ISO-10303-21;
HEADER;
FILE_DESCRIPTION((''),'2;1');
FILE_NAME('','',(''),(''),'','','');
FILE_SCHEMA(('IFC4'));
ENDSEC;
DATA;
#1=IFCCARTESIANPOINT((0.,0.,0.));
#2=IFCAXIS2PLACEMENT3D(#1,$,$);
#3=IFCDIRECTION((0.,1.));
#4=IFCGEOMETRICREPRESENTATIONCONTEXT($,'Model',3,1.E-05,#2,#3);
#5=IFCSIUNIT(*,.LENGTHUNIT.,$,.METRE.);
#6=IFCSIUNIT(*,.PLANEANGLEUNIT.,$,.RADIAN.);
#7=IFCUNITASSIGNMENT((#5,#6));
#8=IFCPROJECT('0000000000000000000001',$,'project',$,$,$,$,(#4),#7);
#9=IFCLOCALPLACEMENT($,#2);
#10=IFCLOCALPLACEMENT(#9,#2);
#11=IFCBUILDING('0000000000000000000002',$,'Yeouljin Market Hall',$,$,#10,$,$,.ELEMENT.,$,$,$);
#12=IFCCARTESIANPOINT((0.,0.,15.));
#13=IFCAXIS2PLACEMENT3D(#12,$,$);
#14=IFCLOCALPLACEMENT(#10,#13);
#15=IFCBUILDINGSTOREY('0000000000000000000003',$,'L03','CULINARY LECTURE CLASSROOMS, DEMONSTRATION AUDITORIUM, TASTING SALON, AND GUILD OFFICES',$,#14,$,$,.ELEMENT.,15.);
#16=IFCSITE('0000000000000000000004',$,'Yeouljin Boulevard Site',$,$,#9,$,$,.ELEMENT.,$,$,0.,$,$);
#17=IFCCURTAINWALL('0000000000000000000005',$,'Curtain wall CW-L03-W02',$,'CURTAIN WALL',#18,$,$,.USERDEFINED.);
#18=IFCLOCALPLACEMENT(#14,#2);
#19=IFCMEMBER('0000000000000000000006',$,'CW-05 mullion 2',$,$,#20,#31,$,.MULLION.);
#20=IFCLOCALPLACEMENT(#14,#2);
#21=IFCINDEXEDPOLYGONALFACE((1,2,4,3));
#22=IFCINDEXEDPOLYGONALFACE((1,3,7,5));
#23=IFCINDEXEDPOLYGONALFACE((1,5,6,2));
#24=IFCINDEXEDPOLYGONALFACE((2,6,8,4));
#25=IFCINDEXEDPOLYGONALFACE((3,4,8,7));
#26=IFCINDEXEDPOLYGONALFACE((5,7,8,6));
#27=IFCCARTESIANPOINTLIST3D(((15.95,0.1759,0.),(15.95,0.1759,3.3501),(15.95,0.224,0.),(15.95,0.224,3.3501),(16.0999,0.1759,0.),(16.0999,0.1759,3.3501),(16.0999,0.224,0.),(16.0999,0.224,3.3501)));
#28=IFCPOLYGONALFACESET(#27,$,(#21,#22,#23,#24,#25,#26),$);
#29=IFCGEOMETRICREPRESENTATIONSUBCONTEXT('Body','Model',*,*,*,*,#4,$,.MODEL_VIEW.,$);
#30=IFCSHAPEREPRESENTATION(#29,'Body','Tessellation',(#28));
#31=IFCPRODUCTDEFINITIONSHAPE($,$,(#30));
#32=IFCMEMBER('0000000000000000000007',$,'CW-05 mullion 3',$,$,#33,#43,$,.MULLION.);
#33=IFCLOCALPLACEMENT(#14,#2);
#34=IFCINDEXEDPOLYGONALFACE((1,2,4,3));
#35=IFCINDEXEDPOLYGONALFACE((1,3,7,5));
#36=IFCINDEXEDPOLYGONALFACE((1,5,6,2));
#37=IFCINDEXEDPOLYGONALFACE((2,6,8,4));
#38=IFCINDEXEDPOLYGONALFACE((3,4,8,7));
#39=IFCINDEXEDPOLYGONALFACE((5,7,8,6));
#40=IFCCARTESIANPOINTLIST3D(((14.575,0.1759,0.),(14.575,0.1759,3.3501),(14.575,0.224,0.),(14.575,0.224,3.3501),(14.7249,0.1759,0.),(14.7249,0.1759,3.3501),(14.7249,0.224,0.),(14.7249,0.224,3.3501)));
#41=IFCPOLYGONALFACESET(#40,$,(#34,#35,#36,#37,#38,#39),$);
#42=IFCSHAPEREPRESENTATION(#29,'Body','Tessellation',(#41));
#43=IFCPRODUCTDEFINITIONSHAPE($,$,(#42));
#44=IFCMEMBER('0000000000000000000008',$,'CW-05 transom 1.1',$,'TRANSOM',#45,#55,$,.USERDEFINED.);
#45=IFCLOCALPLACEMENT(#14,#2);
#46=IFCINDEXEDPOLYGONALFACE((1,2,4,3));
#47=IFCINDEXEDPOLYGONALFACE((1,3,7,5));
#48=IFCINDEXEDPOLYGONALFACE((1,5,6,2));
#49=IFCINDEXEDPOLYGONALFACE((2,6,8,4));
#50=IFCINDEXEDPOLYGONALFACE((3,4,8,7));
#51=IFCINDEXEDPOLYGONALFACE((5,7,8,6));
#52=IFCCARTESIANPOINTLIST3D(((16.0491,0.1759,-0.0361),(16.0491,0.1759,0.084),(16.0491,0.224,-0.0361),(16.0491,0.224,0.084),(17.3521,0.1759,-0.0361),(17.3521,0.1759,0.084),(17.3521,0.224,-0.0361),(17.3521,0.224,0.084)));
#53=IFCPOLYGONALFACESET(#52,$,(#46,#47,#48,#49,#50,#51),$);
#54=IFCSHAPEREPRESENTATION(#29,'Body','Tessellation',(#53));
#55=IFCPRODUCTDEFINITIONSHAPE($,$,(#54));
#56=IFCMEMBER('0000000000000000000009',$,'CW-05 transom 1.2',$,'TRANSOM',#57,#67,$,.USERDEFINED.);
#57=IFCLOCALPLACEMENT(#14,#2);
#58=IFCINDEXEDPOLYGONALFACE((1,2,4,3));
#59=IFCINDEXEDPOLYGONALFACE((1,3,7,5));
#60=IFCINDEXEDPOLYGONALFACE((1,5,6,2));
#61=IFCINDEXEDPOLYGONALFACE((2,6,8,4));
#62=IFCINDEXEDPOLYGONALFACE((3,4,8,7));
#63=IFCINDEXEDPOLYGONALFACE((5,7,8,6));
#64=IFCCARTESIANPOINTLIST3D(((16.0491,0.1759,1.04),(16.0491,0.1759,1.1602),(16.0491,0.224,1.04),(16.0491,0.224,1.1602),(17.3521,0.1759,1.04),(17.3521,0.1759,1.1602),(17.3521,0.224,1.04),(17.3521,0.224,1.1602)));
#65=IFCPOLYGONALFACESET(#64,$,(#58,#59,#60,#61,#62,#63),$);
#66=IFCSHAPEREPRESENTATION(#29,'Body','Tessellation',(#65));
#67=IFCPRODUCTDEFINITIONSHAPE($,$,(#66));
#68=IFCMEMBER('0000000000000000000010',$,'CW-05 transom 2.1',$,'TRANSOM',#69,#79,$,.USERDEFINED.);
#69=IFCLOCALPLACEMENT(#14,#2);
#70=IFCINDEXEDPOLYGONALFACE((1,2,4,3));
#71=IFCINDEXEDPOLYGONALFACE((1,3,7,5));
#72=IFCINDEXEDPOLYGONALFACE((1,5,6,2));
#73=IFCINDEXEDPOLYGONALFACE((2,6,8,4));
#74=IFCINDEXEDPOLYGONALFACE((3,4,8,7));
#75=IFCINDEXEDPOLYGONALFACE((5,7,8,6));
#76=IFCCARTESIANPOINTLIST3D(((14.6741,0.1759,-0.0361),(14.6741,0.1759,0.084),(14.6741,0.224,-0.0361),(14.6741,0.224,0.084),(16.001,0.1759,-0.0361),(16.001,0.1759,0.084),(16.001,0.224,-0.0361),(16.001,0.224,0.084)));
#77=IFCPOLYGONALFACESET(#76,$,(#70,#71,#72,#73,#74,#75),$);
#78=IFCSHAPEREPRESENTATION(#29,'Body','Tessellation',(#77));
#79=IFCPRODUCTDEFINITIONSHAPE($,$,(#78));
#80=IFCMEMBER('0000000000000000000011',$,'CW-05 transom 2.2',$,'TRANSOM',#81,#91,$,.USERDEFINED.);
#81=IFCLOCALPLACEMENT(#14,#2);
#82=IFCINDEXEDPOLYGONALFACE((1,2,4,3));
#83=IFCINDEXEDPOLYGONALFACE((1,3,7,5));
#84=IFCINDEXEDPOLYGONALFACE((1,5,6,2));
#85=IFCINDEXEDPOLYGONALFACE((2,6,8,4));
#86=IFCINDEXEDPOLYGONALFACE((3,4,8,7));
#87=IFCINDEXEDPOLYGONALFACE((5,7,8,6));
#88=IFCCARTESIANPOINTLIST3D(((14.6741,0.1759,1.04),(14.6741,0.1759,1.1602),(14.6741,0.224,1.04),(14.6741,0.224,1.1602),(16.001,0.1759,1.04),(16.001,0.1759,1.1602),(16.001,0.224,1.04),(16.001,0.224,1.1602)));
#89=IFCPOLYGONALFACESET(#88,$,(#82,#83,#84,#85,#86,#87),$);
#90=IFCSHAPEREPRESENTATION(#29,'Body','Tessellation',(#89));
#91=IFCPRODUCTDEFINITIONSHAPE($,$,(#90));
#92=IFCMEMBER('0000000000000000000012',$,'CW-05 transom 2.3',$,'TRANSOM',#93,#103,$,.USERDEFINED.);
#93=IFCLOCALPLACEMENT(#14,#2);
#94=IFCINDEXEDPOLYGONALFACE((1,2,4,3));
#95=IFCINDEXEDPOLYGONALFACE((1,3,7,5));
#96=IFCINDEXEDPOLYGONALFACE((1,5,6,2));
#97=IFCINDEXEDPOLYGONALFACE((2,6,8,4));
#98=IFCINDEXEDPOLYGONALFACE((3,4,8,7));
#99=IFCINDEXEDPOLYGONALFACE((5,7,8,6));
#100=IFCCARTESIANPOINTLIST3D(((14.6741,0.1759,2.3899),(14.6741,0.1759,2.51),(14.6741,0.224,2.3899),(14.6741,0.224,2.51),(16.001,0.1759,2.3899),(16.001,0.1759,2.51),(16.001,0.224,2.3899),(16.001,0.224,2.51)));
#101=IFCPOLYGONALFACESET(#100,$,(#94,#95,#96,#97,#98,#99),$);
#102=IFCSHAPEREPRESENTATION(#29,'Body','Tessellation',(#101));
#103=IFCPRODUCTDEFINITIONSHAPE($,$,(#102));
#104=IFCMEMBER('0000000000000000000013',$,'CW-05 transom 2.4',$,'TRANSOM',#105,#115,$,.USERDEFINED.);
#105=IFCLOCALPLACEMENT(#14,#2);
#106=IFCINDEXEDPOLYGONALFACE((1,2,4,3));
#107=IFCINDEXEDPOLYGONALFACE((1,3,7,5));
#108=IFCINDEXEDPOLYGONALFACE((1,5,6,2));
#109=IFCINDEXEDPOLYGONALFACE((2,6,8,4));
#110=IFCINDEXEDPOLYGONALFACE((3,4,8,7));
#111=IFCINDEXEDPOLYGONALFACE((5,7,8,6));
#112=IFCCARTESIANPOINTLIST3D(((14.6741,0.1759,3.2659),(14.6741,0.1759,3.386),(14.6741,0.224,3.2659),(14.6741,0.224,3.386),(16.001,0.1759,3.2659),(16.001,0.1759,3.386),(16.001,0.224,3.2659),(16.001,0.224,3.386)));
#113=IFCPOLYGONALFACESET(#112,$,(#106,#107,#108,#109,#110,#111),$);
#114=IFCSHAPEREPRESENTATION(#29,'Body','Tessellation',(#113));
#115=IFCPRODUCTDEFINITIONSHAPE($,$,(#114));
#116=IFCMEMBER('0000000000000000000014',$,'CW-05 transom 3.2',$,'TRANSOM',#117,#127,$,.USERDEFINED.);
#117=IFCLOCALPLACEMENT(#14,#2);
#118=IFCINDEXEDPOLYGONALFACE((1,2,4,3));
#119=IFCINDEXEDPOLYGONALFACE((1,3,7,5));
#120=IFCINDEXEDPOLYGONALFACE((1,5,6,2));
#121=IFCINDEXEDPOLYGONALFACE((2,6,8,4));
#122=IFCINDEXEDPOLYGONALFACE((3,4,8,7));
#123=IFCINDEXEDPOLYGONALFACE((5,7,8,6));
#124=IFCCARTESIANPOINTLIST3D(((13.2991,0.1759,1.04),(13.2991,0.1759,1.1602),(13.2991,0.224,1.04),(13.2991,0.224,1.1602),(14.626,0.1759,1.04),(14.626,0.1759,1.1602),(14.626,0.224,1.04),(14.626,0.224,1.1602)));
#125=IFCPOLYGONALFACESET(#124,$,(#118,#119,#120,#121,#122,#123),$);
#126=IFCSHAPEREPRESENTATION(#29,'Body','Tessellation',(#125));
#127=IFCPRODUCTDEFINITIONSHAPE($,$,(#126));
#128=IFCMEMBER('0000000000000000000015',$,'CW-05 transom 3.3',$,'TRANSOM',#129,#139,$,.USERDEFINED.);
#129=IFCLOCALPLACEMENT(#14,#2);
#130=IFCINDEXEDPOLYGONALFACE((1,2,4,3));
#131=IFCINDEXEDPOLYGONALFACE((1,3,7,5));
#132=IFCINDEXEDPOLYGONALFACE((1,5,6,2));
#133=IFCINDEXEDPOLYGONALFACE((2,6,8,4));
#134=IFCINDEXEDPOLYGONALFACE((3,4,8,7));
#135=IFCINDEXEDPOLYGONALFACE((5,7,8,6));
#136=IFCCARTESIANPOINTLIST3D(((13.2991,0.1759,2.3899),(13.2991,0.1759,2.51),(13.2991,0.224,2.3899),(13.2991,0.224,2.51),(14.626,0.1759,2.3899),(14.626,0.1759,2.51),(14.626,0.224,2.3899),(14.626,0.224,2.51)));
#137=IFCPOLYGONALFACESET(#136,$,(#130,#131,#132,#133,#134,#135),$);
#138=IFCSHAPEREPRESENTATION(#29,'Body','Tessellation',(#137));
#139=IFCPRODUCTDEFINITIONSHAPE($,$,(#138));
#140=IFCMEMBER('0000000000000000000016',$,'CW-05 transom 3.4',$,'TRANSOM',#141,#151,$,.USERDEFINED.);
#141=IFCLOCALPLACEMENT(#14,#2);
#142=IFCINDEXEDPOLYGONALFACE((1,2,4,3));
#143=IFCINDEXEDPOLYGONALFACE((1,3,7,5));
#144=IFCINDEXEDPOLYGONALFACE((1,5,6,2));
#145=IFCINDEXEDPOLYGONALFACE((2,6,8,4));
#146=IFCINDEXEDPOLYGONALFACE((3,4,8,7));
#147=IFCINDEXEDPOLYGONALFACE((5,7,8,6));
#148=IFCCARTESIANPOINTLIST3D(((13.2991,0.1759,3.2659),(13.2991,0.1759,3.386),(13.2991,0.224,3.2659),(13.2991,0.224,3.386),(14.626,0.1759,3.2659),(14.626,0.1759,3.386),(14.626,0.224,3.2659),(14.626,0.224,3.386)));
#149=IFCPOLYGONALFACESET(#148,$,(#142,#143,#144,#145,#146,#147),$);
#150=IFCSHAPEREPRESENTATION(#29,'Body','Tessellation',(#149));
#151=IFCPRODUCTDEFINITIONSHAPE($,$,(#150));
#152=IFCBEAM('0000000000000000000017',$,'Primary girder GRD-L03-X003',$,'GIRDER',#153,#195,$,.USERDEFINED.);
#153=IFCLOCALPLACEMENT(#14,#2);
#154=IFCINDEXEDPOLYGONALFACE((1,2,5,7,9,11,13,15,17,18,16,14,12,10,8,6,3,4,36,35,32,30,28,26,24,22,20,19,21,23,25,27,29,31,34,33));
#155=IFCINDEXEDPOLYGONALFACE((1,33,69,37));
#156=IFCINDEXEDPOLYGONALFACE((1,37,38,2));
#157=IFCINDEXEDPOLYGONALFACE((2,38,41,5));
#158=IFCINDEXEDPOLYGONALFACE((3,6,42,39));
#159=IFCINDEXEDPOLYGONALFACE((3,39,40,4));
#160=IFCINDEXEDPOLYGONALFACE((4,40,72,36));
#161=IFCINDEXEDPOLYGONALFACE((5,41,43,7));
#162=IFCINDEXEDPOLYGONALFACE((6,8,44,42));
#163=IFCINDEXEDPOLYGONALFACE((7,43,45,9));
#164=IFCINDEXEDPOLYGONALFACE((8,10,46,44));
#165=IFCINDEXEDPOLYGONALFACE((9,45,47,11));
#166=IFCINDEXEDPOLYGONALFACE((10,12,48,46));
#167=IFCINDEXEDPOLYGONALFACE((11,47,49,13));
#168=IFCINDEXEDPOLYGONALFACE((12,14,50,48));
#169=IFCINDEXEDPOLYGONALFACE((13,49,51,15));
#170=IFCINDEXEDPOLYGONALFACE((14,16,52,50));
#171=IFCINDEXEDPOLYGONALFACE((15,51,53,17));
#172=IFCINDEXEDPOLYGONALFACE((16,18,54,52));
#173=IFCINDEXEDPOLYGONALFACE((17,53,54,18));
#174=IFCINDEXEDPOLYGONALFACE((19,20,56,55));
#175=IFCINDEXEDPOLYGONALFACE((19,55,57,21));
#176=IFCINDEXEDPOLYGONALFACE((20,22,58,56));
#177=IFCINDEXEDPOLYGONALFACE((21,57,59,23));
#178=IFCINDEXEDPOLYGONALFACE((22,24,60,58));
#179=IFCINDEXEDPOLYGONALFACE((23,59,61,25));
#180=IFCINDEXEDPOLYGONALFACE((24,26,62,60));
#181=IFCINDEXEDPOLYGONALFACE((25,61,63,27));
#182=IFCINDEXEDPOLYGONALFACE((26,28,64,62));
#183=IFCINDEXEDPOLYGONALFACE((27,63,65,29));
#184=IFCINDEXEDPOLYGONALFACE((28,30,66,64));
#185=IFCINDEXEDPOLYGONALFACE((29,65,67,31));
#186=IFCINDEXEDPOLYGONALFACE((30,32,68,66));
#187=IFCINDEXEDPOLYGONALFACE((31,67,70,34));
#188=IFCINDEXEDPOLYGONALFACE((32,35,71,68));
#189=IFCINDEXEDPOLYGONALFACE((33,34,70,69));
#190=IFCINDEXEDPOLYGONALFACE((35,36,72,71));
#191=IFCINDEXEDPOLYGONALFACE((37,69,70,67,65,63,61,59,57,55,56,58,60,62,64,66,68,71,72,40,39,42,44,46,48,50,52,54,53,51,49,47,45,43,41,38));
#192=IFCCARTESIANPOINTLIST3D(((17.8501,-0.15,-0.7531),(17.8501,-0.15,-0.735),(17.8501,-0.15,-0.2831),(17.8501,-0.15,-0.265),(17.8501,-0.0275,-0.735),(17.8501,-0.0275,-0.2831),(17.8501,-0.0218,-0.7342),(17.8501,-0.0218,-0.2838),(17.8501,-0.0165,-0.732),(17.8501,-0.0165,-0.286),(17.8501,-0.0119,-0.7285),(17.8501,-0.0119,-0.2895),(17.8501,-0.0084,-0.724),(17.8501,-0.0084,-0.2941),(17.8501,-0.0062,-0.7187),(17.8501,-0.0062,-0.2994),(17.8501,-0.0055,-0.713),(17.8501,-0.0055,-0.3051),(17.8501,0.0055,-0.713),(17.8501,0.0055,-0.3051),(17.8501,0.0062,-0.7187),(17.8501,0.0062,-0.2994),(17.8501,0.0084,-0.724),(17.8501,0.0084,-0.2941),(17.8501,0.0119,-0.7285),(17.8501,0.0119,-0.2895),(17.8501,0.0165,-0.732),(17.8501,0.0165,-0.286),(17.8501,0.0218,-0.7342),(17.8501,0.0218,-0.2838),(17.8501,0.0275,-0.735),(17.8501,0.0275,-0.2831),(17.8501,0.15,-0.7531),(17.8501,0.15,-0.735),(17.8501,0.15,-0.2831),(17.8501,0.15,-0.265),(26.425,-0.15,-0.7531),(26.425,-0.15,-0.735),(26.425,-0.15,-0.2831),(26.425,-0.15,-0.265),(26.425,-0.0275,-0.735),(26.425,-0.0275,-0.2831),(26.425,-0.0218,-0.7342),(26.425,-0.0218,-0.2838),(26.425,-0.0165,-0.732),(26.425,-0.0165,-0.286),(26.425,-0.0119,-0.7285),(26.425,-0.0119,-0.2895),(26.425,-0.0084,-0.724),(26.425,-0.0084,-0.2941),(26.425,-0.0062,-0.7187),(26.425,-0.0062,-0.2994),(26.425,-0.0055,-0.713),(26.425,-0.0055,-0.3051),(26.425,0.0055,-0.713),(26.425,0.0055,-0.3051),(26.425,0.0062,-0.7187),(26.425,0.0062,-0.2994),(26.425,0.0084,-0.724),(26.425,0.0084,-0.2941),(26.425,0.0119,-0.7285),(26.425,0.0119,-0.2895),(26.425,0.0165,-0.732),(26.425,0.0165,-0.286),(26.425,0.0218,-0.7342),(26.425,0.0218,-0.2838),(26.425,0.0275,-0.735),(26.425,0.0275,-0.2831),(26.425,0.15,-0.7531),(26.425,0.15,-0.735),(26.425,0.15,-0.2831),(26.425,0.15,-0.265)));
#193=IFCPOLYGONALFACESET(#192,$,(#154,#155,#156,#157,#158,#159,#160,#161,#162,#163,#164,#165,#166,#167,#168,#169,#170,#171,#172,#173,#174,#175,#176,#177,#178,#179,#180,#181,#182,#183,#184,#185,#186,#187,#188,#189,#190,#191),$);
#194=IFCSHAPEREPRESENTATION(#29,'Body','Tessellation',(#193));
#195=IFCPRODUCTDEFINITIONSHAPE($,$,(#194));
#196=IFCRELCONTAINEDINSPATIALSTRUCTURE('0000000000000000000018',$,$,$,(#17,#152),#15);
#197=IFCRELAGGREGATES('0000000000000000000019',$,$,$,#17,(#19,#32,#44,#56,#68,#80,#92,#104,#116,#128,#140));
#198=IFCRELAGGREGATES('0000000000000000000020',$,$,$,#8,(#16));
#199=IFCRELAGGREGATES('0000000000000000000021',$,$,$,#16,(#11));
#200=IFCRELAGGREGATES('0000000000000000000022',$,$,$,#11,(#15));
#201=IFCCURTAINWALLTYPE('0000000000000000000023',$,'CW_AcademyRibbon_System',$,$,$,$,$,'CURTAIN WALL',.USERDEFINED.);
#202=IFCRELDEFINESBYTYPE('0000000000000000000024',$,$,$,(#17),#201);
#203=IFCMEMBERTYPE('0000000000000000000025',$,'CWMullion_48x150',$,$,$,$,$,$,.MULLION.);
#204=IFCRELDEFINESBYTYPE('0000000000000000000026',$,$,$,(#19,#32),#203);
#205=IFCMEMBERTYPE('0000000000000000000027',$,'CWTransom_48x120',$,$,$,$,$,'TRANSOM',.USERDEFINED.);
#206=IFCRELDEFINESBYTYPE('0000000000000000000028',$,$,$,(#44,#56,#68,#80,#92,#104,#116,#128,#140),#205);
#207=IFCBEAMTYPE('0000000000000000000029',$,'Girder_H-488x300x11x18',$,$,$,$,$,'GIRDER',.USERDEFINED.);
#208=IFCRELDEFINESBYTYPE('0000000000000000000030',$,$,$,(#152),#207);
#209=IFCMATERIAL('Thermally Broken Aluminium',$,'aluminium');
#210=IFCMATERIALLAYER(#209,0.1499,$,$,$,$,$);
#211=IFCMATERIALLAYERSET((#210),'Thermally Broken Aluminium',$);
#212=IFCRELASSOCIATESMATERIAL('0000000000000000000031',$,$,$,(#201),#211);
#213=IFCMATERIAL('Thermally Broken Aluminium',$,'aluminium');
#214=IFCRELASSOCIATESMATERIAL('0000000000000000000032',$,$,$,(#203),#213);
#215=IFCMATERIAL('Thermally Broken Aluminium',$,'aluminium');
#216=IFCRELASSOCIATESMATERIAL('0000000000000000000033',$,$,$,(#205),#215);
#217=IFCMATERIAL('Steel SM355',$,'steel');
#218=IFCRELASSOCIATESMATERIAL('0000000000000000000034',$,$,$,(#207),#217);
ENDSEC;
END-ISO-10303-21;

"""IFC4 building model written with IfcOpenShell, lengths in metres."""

from ifc_helpers import new_model, si_unit, direction, frame, origin, origin_2d, place, context, subcontext, project, spatial, rectangle, i_section, extrude, material, layer, layer_set, material_profile, profile_set, type_object, element, aggregate, save


model = new_model("IFC4")

# Units and contexts
model_context = context("Model", 3, precision=1e-05, world=origin(), true_north=direction((0.0, 1.0)))
body_context = subcontext(model_context, "Body", "Model", "MODEL_VIEW")
ifc_project = project(units=[si_unit("LENGTHUNIT", "METRE"), si_unit("PLANEANGLEUNIT", "RADIAN")], contexts=[model_context])

# Site, building, storey
site_placement = place(None, origin())
site = spatial("IfcSite", under=ifc_project, at=site_placement, Name="Yeouljin Boulevard Site", CompositionType="ELEMENT", RefElevation=0.0)
building_placement = place(site_placement, origin())
building = spatial("IfcBuilding", under=site, at=building_placement, Name="Yeouljin Market Hall", CompositionType="ELEMENT")
storey_placement = place(building_placement, frame((0.0, 0.0, 15.0)))
storey = spatial("IfcBuildingStorey", under=building, at=storey_placement, Name="L03", Description="CULINARY LECTURE CLASSROOMS, DEMONSTRATION AUDITORIUM, TASTING SALON, AND GUILD OFFICES", CompositionType="ELEMENT", Elevation=15.0)

# Curtain wall, members
ifc_material_1 = material(Name="Thermally Broken Aluminium", Category="aluminium")
ifc_layer_1 = layer(ifc_material_1, 0.1499)
ifc_layer_set_1 = layer_set([ifc_layer_1], Name="Thermally Broken Aluminium")
curtain_wall_type = type_object("IfcCurtainWallType", Name="CW_AcademyRibbon_System", ElementType="CURTAIN WALL", PredefinedType="USERDEFINED", material=ifc_layer_set_1)
curtain_wall_placement = place(storey_placement, origin())
curtain_wall = element("IfcCurtainWall", 1, at=curtain_wall_placement, inside=storey, type_object=curtain_wall_type, Name="Curtain wall CW-L03-W02", ObjectType="CURTAIN WALL", PredefinedType="USERDEFINED")
ifc_material_2 = material(Name="Thermally Broken Aluminium", Category="aluminium")
ifc_material_profile_1 = material_profile(ifc_material_2, rectangle(XDim=0.0481, YDim=0.1499, at=origin_2d()), Name="CW-MULL-48x150")
ifc_profile_set_1 = profile_set([ifc_material_profile_1], Name="Thermally Broken Aluminium")
member_type_1 = type_object("IfcMemberType", Name="CWMullion_48x150", PredefinedType="MULLION", material=ifc_profile_set_1)
member_1_placement = place(storey_placement, frame((16.0249, 0.2, 0.0), z_axis=(0.0, 0.0, 1.0), x_axis=(0.0, -1.0, 0.0)))
member_1 = element("IfcMember", 2, at=member_1_placement, type_object=member_type_1, Name="CW-05 mullion 2", PredefinedType="MULLION", context=body_context, shape_type="SweptSolid", body=[
    extrude(rectangle(XDim=0.0481, YDim=0.1499, at=origin_2d()), origin(), (0.0, 0.0, 1.0), 3.3501),
])
member_2_placement = place(storey_placement, frame((14.6499, 0.2, 0.0), z_axis=(0.0, 0.0, 1.0), x_axis=(0.0, -1.0, 0.0)))
member_2 = element("IfcMember", 3, at=member_2_placement, type_object=member_type_1, Name="CW-05 mullion 3", PredefinedType="MULLION", context=body_context, shape_type="SweptSolid", body=[
    extrude(rectangle(XDim=0.0481, YDim=0.1499, at=origin_2d()), origin(), (0.0, 0.0, 1.0), 3.3501),
])
ifc_material_3 = material(Name="Thermally Broken Aluminium", Category="aluminium")
ifc_material_profile_2 = material_profile(ifc_material_3, rectangle(XDim=0.0481, YDim=0.1201, at=origin_2d()), Name="CW-TRAN-48x120")
ifc_profile_set_2 = profile_set([ifc_material_profile_2], Name="Thermally Broken Aluminium")
member_type_2 = type_object("IfcMemberType", Name="CWTransom_48x120", ElementType="TRANSOM", PredefinedType="USERDEFINED", material=ifc_profile_set_2)
member_3_placement = place(storey_placement, frame((17.3521, 0.2, 0.0239), z_axis=(-1.0, 0.0, 0.0), x_axis=(0.0, -1.0, 0.0)))
member_3 = element("IfcMember", 4, at=member_3_placement, type_object=member_type_2, Name="CW-05 transom 1.1", ObjectType="TRANSOM", PredefinedType="USERDEFINED", context=body_context, shape_type="SweptSolid", body=[
    extrude(rectangle(XDim=0.0481, YDim=0.1201, at=origin_2d()), origin(), (0.0, 0.0, 1.0), 1.303),
])
member_4_placement = place(storey_placement, frame((17.3521, 0.2, 1.1001), z_axis=(-1.0, 0.0, 0.0), x_axis=(0.0, -1.0, 0.0)))
member_4 = element("IfcMember", 5, at=member_4_placement, type_object=member_type_2, Name="CW-05 transom 1.2", ObjectType="TRANSOM", PredefinedType="USERDEFINED", context=body_context, shape_type="SweptSolid", body=[
    extrude(rectangle(XDim=0.0481, YDim=0.1201, at=origin_2d()), origin(), (0.0, 0.0, 1.0), 1.303),
])
member_5_placement = place(storey_placement, frame((16.001, 0.2, 0.0239), z_axis=(-1.0, 0.0, 0.0), x_axis=(0.0, -1.0, 0.0)))
member_5 = element("IfcMember", 6, at=member_5_placement, type_object=member_type_2, Name="CW-05 transom 2.1", ObjectType="TRANSOM", PredefinedType="USERDEFINED", context=body_context, shape_type="SweptSolid", body=[
    extrude(rectangle(XDim=0.0481, YDim=0.1201, at=origin_2d()), origin(), (0.0, 0.0, 1.0), 1.3269),
])
member_6_placement = place(storey_placement, frame((16.001, 0.2, 1.1001), z_axis=(-1.0, 0.0, 0.0), x_axis=(0.0, -1.0, 0.0)))
member_6 = element("IfcMember", 7, at=member_6_placement, type_object=member_type_2, Name="CW-05 transom 2.2", ObjectType="TRANSOM", PredefinedType="USERDEFINED", context=body_context, shape_type="SweptSolid", body=[
    extrude(rectangle(XDim=0.0481, YDim=0.1201, at=origin_2d()), origin(), (0.0, 0.0, 1.0), 1.3269),
])
member_7_placement = place(storey_placement, frame((16.001, 0.2, 2.45), z_axis=(-1.0, 0.0, 0.0), x_axis=(0.0, -1.0, 0.0)))
member_7 = element("IfcMember", 8, at=member_7_placement, type_object=member_type_2, Name="CW-05 transom 2.3", ObjectType="TRANSOM", PredefinedType="USERDEFINED", context=body_context, shape_type="SweptSolid", body=[
    extrude(rectangle(XDim=0.0481, YDim=0.1201, at=origin_2d()), origin(), (0.0, 0.0, 1.0), 1.3269),
])
member_8_placement = place(storey_placement, frame((16.001, 0.2, 3.3259), z_axis=(-1.0, 0.0, 0.0), x_axis=(0.0, -1.0, 0.0)))
member_8 = element("IfcMember", 9, at=member_8_placement, type_object=member_type_2, Name="CW-05 transom 2.4", ObjectType="TRANSOM", PredefinedType="USERDEFINED", context=body_context, shape_type="SweptSolid", body=[
    extrude(rectangle(XDim=0.0481, YDim=0.1201, at=origin_2d()), origin(), (0.0, 0.0, 1.0), 1.3269),
])
member_9_placement = place(storey_placement, frame((14.626, 0.2, 1.1001), z_axis=(-1.0, 0.0, 0.0), x_axis=(0.0, -1.0, 0.0)))
member_9 = element("IfcMember", 10, at=member_9_placement, type_object=member_type_2, Name="CW-05 transom 3.2", ObjectType="TRANSOM", PredefinedType="USERDEFINED", context=body_context, shape_type="SweptSolid", body=[
    extrude(rectangle(XDim=0.0481, YDim=0.1201, at=origin_2d()), origin(), (0.0, 0.0, 1.0), 1.3269),
])
member_10_placement = place(storey_placement, frame((14.626, 0.2, 2.45), z_axis=(-1.0, 0.0, 0.0), x_axis=(0.0, -1.0, 0.0)))
member_10 = element("IfcMember", 11, at=member_10_placement, type_object=member_type_2, Name="CW-05 transom 3.3", ObjectType="TRANSOM", PredefinedType="USERDEFINED", context=body_context, shape_type="SweptSolid", body=[
    extrude(rectangle(XDim=0.0481, YDim=0.1201, at=origin_2d()), origin(), (0.0, 0.0, 1.0), 1.3269),
])
member_11_placement = place(storey_placement, frame((14.626, 0.2, 3.3259), z_axis=(-1.0, 0.0, 0.0), x_axis=(0.0, -1.0, 0.0)))
member_11 = element("IfcMember", 12, at=member_11_placement, type_object=member_type_2, Name="CW-05 transom 3.4", ObjectType="TRANSOM", PredefinedType="USERDEFINED", context=body_context, shape_type="SweptSolid", body=[
    extrude(rectangle(XDim=0.0481, YDim=0.1201, at=origin_2d()), origin(), (0.0, 0.0, 1.0), 1.3269),
])

# Beam
ifc_material_4 = material(Name="Steel SM355", Category="steel")
ifc_material_profile_3 = material_profile(ifc_material_4, i_section(OverallWidth=0.3, OverallDepth=0.488, WebThickness=0.011, FlangeThickness=0.0181, FilletRadius=0.022, at=origin_2d()), Name="H-488x300x11x18")
ifc_profile_set_3 = profile_set([ifc_material_profile_3], Name="Steel SM355")
beam_type_1 = type_object("IfcBeamType", Name="Girder_H-488x300x11x18", ElementType="GIRDER", PredefinedType="USERDEFINED", material=ifc_profile_set_3)
beam_1_placement = place(storey_placement, frame((17.8501, 0.0, -0.509), z_axis=(1.0, 0.0, 0.0), x_axis=(0.0, 1.0, 0.0)))
element("IfcBeam", 13, at=beam_1_placement, inside=storey, type_object=beam_type_1, Name="Primary girder GRD-L03-X003", ObjectType="GIRDER", PredefinedType="USERDEFINED", context=body_context, shape_type="SweptSolid", body=[
    extrude(i_section(OverallWidth=0.3, OverallDepth=0.488, WebThickness=0.011, FlangeThickness=0.0181, FilletRadius=0.022, at=origin_2d()), origin(), (0.0, 0.0, 1.0), 8.575),
])

aggregate(curtain_wall, [member_1, member_2, member_3, member_4, member_5, member_6, member_7, member_8, member_9, member_10, member_11])

save(model, "model.ifc")
